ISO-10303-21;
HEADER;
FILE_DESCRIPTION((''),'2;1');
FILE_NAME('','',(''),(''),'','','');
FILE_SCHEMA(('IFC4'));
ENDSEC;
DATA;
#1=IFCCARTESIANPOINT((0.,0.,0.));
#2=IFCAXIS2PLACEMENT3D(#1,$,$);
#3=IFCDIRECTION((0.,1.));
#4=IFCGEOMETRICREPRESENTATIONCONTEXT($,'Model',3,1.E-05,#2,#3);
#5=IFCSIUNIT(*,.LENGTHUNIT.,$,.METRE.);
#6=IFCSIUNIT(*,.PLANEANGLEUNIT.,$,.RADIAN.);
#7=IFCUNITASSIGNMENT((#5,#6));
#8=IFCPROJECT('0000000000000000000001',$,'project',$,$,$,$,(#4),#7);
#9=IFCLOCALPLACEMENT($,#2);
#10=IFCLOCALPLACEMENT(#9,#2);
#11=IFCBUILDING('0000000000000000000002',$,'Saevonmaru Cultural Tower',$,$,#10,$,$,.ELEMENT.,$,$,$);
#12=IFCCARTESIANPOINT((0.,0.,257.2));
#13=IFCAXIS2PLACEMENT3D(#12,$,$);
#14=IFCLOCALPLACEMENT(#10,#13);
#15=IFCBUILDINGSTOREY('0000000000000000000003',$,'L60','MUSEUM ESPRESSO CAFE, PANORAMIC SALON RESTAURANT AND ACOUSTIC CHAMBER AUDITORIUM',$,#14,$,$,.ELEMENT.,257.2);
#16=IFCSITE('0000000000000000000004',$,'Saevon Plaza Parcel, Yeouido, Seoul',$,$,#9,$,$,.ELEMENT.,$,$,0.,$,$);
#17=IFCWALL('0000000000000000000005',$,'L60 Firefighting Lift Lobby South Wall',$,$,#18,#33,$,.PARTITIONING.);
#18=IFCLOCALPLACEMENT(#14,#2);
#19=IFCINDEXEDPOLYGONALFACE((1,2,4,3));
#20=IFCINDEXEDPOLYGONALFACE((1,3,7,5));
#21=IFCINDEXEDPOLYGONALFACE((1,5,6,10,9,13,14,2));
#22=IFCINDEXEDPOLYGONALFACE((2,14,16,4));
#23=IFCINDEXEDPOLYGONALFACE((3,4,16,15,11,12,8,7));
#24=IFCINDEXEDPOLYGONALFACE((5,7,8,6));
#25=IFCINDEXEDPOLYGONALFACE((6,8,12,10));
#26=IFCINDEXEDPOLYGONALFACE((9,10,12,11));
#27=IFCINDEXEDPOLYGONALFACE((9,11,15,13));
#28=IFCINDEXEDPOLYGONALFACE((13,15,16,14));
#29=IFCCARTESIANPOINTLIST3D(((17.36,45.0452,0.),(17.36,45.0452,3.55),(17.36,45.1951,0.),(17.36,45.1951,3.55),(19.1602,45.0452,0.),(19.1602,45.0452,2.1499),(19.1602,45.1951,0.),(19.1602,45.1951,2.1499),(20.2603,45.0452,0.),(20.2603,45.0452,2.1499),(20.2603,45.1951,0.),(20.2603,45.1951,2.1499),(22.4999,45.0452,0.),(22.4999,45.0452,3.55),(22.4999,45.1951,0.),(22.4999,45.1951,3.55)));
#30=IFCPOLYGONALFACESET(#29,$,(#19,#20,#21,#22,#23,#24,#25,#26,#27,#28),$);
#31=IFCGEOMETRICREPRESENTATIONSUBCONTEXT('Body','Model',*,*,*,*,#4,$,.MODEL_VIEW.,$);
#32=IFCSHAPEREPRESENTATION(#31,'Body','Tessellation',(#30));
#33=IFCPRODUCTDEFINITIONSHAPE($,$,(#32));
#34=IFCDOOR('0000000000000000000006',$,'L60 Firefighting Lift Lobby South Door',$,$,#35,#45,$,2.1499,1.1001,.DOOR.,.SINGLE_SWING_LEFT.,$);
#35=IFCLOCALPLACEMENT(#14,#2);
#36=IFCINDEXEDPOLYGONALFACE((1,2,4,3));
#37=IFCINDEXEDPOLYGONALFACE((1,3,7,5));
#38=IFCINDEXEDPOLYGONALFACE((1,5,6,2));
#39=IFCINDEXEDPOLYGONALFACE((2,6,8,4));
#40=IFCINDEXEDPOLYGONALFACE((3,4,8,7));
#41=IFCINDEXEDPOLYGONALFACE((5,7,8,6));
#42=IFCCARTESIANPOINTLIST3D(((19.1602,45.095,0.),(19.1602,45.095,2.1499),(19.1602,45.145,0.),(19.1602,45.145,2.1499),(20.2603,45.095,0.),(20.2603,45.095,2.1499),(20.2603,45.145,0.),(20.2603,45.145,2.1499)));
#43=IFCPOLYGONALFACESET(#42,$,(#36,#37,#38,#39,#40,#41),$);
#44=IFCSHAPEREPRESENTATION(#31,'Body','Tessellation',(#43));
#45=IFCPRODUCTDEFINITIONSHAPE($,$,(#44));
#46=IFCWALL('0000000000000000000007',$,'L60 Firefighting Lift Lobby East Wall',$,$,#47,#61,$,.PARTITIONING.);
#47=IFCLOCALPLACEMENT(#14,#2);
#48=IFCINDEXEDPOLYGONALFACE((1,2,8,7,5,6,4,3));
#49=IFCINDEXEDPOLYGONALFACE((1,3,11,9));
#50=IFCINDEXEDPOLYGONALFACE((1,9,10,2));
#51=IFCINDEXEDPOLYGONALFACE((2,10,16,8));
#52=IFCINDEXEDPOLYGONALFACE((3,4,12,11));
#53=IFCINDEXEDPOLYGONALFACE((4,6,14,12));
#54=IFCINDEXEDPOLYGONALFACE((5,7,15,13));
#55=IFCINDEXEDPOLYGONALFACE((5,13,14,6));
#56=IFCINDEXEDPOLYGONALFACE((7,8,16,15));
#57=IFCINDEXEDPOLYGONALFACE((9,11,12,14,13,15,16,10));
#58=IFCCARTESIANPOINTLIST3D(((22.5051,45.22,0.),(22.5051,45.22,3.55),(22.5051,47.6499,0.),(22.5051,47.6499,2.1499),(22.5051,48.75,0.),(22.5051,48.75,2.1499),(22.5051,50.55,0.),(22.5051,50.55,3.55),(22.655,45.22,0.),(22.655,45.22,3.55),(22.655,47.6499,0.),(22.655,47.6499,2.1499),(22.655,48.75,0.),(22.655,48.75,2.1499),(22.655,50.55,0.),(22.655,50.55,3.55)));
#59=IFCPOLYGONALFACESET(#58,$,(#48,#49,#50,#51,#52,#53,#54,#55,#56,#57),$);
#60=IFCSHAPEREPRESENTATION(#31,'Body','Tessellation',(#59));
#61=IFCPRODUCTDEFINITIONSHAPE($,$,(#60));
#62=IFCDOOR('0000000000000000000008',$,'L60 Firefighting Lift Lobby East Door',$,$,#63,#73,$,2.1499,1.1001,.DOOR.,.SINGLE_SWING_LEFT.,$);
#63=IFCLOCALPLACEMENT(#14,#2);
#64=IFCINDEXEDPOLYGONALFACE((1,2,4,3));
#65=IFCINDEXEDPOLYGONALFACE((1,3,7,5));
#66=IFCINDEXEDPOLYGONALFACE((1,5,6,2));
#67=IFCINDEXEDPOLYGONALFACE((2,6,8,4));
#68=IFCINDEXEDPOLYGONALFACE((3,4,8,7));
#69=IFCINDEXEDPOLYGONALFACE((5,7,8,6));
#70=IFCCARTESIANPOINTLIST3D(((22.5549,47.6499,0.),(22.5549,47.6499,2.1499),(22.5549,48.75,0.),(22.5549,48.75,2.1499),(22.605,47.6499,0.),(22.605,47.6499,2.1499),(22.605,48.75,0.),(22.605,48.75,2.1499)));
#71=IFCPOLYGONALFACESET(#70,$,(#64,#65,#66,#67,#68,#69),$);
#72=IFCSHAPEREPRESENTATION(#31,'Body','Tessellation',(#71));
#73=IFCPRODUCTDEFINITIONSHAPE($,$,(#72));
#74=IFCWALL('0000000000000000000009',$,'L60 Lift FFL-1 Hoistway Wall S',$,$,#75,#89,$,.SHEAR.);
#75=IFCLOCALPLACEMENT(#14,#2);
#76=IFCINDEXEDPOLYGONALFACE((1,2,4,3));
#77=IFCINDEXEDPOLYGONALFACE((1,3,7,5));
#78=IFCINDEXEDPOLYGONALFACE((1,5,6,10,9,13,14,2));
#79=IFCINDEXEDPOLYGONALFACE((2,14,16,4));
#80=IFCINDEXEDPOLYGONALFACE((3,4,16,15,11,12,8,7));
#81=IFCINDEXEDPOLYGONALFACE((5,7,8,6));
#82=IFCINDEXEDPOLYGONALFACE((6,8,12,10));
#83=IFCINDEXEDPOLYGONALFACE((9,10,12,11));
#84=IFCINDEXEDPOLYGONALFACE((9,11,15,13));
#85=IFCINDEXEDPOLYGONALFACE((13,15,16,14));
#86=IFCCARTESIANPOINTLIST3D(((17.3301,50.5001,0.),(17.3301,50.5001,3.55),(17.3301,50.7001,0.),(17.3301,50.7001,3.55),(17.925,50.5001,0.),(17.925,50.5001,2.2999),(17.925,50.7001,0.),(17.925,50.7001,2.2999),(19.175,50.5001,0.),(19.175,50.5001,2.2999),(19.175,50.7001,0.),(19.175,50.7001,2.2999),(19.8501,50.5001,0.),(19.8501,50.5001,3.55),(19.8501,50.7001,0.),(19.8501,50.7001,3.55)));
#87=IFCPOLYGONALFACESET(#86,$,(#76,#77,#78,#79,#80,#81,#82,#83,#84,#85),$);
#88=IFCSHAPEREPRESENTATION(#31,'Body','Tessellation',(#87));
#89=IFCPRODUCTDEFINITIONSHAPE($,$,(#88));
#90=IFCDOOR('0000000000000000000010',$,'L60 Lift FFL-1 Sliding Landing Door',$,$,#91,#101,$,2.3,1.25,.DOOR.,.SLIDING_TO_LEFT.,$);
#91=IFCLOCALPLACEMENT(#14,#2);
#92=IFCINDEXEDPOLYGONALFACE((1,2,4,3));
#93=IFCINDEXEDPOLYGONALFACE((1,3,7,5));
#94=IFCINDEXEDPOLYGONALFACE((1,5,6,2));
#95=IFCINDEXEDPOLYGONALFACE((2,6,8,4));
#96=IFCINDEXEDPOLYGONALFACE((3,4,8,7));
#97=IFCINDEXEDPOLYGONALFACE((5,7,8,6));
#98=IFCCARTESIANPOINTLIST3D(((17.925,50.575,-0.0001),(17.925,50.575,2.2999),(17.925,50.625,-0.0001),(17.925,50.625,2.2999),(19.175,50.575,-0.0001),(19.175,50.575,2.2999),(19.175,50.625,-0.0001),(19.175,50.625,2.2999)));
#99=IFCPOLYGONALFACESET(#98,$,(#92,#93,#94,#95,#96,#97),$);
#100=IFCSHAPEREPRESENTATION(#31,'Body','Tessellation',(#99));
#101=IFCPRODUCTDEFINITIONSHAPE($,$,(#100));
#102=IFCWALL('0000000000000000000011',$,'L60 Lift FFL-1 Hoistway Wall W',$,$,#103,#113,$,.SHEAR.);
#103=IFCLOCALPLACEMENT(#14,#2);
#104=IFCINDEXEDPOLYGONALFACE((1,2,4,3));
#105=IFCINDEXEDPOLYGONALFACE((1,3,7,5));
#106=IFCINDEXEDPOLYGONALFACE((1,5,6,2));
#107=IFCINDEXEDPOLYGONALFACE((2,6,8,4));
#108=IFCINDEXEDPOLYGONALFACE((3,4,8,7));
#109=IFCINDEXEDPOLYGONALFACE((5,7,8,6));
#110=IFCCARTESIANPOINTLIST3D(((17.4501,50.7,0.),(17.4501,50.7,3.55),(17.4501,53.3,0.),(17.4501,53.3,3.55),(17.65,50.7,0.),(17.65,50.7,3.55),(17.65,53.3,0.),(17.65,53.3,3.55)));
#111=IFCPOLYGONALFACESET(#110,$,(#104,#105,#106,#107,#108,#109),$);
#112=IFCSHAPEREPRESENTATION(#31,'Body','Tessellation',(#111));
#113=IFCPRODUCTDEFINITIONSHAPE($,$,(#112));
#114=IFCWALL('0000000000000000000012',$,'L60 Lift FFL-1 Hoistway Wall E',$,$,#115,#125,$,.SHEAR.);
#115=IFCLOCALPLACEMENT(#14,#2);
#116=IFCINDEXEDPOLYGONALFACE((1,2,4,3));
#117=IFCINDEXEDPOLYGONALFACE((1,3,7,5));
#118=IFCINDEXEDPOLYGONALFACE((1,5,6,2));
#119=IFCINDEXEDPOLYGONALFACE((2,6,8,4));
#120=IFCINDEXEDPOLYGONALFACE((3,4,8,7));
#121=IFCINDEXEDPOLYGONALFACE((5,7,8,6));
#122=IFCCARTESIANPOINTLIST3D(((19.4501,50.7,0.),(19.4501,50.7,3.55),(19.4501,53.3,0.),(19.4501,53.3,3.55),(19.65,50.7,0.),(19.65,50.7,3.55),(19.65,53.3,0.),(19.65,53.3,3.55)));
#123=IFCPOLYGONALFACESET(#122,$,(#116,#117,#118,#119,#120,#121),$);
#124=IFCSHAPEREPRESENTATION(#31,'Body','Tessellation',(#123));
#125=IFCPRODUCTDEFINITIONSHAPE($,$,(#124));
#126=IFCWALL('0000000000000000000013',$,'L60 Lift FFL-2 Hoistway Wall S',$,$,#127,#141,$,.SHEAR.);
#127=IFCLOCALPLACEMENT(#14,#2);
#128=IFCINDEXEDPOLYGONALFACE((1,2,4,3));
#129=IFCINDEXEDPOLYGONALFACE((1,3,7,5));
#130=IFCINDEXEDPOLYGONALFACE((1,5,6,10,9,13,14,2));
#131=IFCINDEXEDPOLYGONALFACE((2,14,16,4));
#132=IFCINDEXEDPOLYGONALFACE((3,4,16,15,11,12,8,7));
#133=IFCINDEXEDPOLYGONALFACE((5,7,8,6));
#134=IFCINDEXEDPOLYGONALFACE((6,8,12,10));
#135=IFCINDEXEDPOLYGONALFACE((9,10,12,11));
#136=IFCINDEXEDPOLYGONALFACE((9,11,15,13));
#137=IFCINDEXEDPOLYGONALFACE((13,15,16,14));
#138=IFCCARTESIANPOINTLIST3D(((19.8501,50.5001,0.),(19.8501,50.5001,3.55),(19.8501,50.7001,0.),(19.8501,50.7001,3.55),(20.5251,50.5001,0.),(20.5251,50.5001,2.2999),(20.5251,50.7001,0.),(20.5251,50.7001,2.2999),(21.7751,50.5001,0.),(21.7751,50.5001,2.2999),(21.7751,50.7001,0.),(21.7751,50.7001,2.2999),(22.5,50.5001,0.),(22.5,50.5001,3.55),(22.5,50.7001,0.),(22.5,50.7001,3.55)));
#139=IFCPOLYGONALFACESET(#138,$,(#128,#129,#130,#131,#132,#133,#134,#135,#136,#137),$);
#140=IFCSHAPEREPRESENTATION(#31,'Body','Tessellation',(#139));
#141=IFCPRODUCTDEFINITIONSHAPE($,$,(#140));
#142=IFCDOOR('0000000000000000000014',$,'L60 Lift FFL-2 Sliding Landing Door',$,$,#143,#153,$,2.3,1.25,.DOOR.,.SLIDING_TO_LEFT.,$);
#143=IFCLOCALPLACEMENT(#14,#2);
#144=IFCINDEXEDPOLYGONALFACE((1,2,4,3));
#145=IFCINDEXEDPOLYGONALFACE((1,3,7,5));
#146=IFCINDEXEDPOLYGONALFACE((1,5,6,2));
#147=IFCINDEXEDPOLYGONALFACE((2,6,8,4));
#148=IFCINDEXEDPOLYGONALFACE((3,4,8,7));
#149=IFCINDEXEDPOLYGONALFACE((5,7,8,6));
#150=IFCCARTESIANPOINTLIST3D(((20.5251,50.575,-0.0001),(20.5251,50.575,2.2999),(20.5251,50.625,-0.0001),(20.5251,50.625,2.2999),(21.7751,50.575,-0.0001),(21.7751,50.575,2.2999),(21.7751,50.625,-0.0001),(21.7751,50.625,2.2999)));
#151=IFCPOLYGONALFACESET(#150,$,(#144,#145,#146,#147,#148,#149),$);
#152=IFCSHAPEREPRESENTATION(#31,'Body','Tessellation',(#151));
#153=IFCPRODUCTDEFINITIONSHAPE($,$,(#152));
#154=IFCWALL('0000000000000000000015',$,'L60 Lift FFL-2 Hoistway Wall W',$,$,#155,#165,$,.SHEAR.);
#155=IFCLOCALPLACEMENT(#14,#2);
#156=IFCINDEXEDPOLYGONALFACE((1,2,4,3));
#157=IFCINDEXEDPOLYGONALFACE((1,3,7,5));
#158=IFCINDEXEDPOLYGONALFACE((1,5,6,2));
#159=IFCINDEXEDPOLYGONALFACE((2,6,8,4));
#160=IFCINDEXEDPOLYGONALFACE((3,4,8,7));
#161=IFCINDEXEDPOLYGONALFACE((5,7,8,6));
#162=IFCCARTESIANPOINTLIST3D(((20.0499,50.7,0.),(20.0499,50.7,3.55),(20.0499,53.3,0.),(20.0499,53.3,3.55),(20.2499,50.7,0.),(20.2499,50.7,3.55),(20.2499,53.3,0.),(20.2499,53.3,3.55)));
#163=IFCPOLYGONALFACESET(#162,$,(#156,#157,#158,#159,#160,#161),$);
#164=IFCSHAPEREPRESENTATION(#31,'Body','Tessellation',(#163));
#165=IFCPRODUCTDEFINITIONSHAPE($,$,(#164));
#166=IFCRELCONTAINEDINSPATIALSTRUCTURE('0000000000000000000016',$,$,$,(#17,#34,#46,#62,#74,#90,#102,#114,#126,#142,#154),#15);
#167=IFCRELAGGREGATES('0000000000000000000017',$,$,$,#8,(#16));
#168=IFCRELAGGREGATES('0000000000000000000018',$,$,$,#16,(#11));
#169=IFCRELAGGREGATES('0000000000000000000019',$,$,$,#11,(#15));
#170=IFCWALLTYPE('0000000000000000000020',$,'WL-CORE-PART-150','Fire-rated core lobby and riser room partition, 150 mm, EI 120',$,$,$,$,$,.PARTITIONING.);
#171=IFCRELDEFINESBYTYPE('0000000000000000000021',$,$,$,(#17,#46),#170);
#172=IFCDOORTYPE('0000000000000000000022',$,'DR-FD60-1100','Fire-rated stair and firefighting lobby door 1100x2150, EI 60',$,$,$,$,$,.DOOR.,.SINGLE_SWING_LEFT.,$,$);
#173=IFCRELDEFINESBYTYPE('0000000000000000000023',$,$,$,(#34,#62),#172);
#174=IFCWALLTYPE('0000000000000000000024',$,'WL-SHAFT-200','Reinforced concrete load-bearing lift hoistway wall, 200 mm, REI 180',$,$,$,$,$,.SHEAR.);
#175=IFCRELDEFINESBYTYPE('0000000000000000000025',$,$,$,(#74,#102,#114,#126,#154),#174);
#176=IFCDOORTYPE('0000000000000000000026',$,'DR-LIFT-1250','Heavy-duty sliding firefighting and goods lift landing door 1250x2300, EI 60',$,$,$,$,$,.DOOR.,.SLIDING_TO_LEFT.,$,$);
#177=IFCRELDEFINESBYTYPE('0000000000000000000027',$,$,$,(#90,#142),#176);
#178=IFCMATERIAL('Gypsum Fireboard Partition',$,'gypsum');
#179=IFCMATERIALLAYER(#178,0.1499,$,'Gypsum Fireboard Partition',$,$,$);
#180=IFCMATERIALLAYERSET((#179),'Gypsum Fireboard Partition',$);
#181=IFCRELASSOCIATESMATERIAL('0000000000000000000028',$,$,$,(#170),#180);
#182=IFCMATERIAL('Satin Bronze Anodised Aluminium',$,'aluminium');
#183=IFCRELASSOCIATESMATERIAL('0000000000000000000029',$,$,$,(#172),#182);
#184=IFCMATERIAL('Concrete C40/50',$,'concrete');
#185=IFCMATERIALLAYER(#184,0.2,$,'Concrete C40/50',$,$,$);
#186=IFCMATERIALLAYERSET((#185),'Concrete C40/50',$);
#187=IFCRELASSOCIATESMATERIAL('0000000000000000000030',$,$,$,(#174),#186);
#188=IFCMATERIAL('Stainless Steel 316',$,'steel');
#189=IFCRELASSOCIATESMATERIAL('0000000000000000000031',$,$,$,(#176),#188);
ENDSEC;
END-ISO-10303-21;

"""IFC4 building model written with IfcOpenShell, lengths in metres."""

from ifc_helpers import new_model, si_unit, direction, frame, frame_2d, origin, place, context, subcontext, project, spatial, rectangle, extrude, material, layer, layer_set, type_object, element, fill, save


model = new_model("IFC4")

# Units and contexts
model_context = context("Model", 3, precision=1e-05, world=origin(), true_north=direction((0.0, 1.0)))
body_context = subcontext(model_context, "Body", "Model", "MODEL_VIEW")
ifc_project = project(units=[si_unit("LENGTHUNIT", "METRE"), si_unit("PLANEANGLEUNIT", "RADIAN")], contexts=[model_context])

# Site, building, storey
site_placement = place(None, origin())
site = spatial("IfcSite", under=ifc_project, at=site_placement, Name="Saevon Plaza Parcel, Yeouido, Seoul", CompositionType="ELEMENT", RefElevation=0.0)
building_placement = place(site_placement, origin())
building = spatial("IfcBuilding", under=site, at=building_placement, Name="Saevonmaru Cultural Tower", CompositionType="ELEMENT")
storey_placement = place(building_placement, frame((0.0, 0.0, 257.2)))
storey = spatial("IfcBuildingStorey", under=building, at=storey_placement, Name="L60", Description="MUSEUM ESPRESSO CAFE, PANORAMIC SALON RESTAURANT AND ACOUSTIC CHAMBER AUDITORIUM", CompositionType="ELEMENT", Elevation=257.2)

# Walls, openings, doors
ifc_material_1 = material(Name="Gypsum Fireboard Partition", Category="gypsum")
ifc_layer_1 = layer(ifc_material_1, 0.1499, Name="Gypsum Fireboard Partition")
ifc_layer_set_1 = layer_set([ifc_layer_1], Name="Gypsum Fireboard Partition")
wall_type_1 = type_object("IfcWallType", Name="WL-CORE-PART-150", Description="Fire-rated core lobby and riser room partition, 150 mm, EI 120", PredefinedType="PARTITIONING", material=ifc_layer_set_1)
wall_1_placement = place(storey_placement, frame((17.3601, 45.1201, 0.0), z_axis=(0.0, 0.0, 1.0), x_axis=(1.0, 0.0, 0.0)))
wall_1 = element("IfcWall", 1, at=wall_1_placement, inside=storey, type_object=wall_type_1, Name="L60 Firefighting Lift Lobby South Wall", PredefinedType="PARTITIONING", context=body_context, shape_type="SweptSolid", body=[
    extrude(rectangle(XDim=5.1399, YDim=0.1499, at=frame_2d((2.5698, 0.0))), origin(), (0.0, 0.0, 1.0), 3.55),
])
opening_1_placement = place(wall_1_placement, frame((1.8, 0.0, 0.0)))
opening_1 = element("IfcOpeningElement", 2, at=opening_1_placement, cuts=wall_1, PredefinedType="OPENING", context=body_context, shape_type="SweptSolid", body=[
    extrude(rectangle(XDim=1.1001, YDim=2.1499, at=frame_2d((0.55, 1.075))), frame((0.0, 0.085, 0.0), z_axis=(0.0, -1.0, 0.0), x_axis=(1.0, 0.0, 0.0)), (0.0, 0.0, 1.0), 0.1699),
])
ifc_material_2 = material(Name="Satin Bronze Anodised Aluminium", Category="aluminium")
door_type_1 = type_object("IfcDoorType", Name="DR-FD60-1100", Description="Fire-rated stair and firefighting lobby door 1100x2150, EI 60", OperationType="SINGLE_SWING_LEFT", PredefinedType="DOOR", material=ifc_material_2)
door_1_placement = place(opening_1_placement, origin())
door_1 = element("IfcDoor", 3, at=door_1_placement, inside=storey, type_object=door_type_1, Name="L60 Firefighting Lift Lobby South Door", OperationType="SINGLE_SWING_LEFT", OverallHeight=2.1499, OverallWidth=1.1001, PredefinedType="DOOR", context=body_context, shape_type="SweptSolid", body=[
    extrude(rectangle(XDim=1.1001, YDim=2.1499, at=frame_2d((0.55, 1.075))), frame((0.0, 0.0249, 0.0), z_axis=(0.0, -1.0, 0.0), x_axis=(1.0, 0.0, 0.0)), (0.0, 0.0, 1.0), 0.05),
])
fill(opening_1, door_1)
wall_2_placement = place(storey_placement, frame((22.5801, 50.55, 0.0), z_axis=(0.0, 0.0, 1.0), x_axis=(0.0, -1.0, 0.0)))
wall_2 = element("IfcWall", 4, at=wall_2_placement, inside=storey, type_object=wall_type_1, Name="L60 Firefighting Lift Lobby East Wall", PredefinedType="PARTITIONING", context=body_context, shape_type="SweptSolid", body=[
    extrude(rectangle(XDim=5.3301, YDim=0.1499, at=frame_2d((2.665, 0.0))), origin(), (0.0, 0.0, 1.0), 3.55),
])
opening_2_placement = place(wall_2_placement, frame((1.8, 0.0, 0.0)))
opening_2 = element("IfcOpeningElement", 5, at=opening_2_placement, cuts=wall_2, PredefinedType="OPENING", context=body_context, shape_type="SweptSolid", body=[
    extrude(rectangle(XDim=1.1001, YDim=2.1499, at=frame_2d((0.55, 1.075))), frame((0.0, 0.085, 0.0), z_axis=(0.0, -1.0, 0.0), x_axis=(1.0, 0.0, 0.0)), (0.0, 0.0, 1.0), 0.1699),
])
door_2_placement = place(opening_2_placement, origin())
door_2 = element("IfcDoor", 6, at=door_2_placement, inside=storey, type_object=door_type_1, Name="L60 Firefighting Lift Lobby East Door", OperationType="SINGLE_SWING_LEFT", OverallHeight=2.1499, OverallWidth=1.1001, PredefinedType="DOOR", context=body_context, shape_type="SweptSolid", body=[
    extrude(rectangle(XDim=1.1001, YDim=2.1499, at=frame_2d((0.55, 1.075))), frame((0.0, 0.0249, 0.0), z_axis=(0.0, -1.0, 0.0), x_axis=(1.0, 0.0, 0.0)), (0.0, 0.0, 1.0), 0.05),
])
fill(opening_2, door_2)
ifc_material_3 = material(Name="Concrete C40/50", Category="concrete")
ifc_layer_2 = layer(ifc_material_3, 0.2, Name="Concrete C40/50")
ifc_layer_set_2 = layer_set([ifc_layer_2], Name="Concrete C40/50")
wall_type_2 = type_object("IfcWallType", Name="WL-SHAFT-200", Description="Reinforced concrete load-bearing lift hoistway wall, 200 mm, REI 180", PredefinedType="SHEAR", material=ifc_layer_set_2)
wall_3_placement = place(storey_placement, frame((17.3301, 50.6001, 0.0), z_axis=(0.0, 0.0, 1.0), x_axis=(1.0, 0.0, 0.0)))
wall_3 = element("IfcWall", 7, at=wall_3_placement, inside=storey, type_object=wall_type_2, Name="L60 Lift FFL-1 Hoistway Wall S", PredefinedType="SHEAR", context=body_context, shape_type="SweptSolid", body=[
    extrude(rectangle(XDim=2.52, YDim=0.2, at=frame_2d((1.26, 0.0))), origin(), (0.0, 0.0, 1.0), 3.55),
])
opening_3_placement = place(wall_3_placement, frame((0.595, 0.0, 0.0)))
opening_3 = element("IfcOpeningElement", 8, at=opening_3_placement, cuts=wall_3, PredefinedType="OPENING", context=body_context, shape_type="SweptSolid", body=[
    extrude(rectangle(XDim=1.25, YDim=2.3, at=frame_2d((0.625, 1.1499))), frame((0.0, 0.1099, 0.0), z_axis=(0.0, -1.0, 0.0), x_axis=(1.0, 0.0, 0.0)), (0.0, 0.0, 1.0), 0.22),
])
ifc_material_4 = material(Name="Stainless Steel 316", Category="steel")
door_type_2 = type_object("IfcDoorType", Name="DR-LIFT-1250", Description="Heavy-duty sliding firefighting and goods lift landing door 1250x2300, EI 60", OperationType="SLIDING_TO_LEFT", PredefinedType="DOOR", material=ifc_material_4)
door_3_placement = place(opening_3_placement, origin())
door_3 = element("IfcDoor", 9, at=door_3_placement, inside=storey, type_object=door_type_2, Name="L60 Lift FFL-1 Sliding Landing Door", OperationType="SLIDING_TO_LEFT", OverallHeight=2.3, OverallWidth=1.25, PredefinedType="DOOR", context=body_context, shape_type="SweptSolid", body=[
    extrude(rectangle(XDim=1.25, YDim=2.3, at=frame_2d((0.625, 1.1499))), frame((0.0, 0.0249, 0.0), z_axis=(0.0, -1.0, 0.0), x_axis=(1.0, 0.0, 0.0)), (0.0, 0.0, 1.0), 0.05),
])
fill(opening_3, door_3)

# Walls
for number, where, z_axis, x_axis, name in (
    (10, (17.55, 50.7, 0.0), (0.0, 0.0, 1.0), (0.0, 1.0, 0.0), "L60 Lift FFL-1 Hoistway Wall W"),
    (11, (19.55, 50.7, 0.0), (0.0, 0.0, 1.0), (0.0, 1.0, 0.0), "L60 Lift FFL-1 Hoistway Wall E"),
):
    element("IfcWall", number, at=place(storey_placement, frame(where, z_axis=z_axis, x_axis=x_axis)), inside=storey, type_object=wall_type_2, Name=name, PredefinedType="SHEAR", context=body_context, shape_type="SweptSolid", body=[
        extrude(rectangle(XDim=2.6001, YDim=0.2, at=frame_2d((1.3, 0.0))), origin(), (0.0, 0.0, 1.0), 3.55),
    ])

# Wall, opening, door
wall_4_placement = place(storey_placement, frame((19.8501, 50.6001, 0.0), z_axis=(0.0, 0.0, 1.0), x_axis=(1.0, 0.0, 0.0)))
wall_4 = element("IfcWall", 12, at=wall_4_placement, inside=storey, type_object=wall_type_2, Name="L60 Lift FFL-2 Hoistway Wall S", PredefinedType="SHEAR", context=body_context, shape_type="SweptSolid", body=[
    extrude(rectangle(XDim=2.6499, YDim=0.2, at=frame_2d((1.325, 0.0))), origin(), (0.0, 0.0, 1.0), 3.55),
])
opening_4_placement = place(wall_4_placement, frame((0.675, 0.0, 0.0)))
opening_4 = element("IfcOpeningElement", 13, at=opening_4_placement, cuts=wall_4, PredefinedType="OPENING", context=body_context, shape_type="SweptSolid", body=[
    extrude(rectangle(XDim=1.25, YDim=2.3, at=frame_2d((0.625, 1.1499))), frame((0.0, 0.1099, 0.0), z_axis=(0.0, -1.0, 0.0), x_axis=(1.0, 0.0, 0.0)), (0.0, 0.0, 1.0), 0.22),
])
door_4_placement = place(opening_4_placement, origin())
door_4 = element("IfcDoor", 14, at=door_4_placement, inside=storey, type_object=door_type_2, Name="L60 Lift FFL-2 Sliding Landing Door", OperationType="SLIDING_TO_LEFT", OverallHeight=2.3, OverallWidth=1.25, PredefinedType="DOOR", context=body_context, shape_type="SweptSolid", body=[
    extrude(rectangle(XDim=1.25, YDim=2.3, at=frame_2d((0.625, 1.1499))), frame((0.0, 0.0249, 0.0), z_axis=(0.0, -1.0, 0.0), x_axis=(1.0, 0.0, 0.0)), (0.0, 0.0, 1.0), 0.05),
])
fill(opening_4, door_4)

# Wall
wall_5_placement = place(storey_placement, frame((20.1499, 50.7, 0.0), z_axis=(0.0, 0.0, 1.0), x_axis=(0.0, 1.0, 0.0)))
element("IfcWall", 15, at=wall_5_placement, inside=storey, type_object=wall_type_2, Name="L60 Lift FFL-2 Hoistway Wall W", PredefinedType="SHEAR", context=body_context, shape_type="SweptSolid", body=[
    extrude(rectangle(XDim=2.6001, YDim=0.2, at=frame_2d((1.3, 0.0))), origin(), (0.0, 0.0, 1.0), 3.55),
])

save(model, "model.ifc")
